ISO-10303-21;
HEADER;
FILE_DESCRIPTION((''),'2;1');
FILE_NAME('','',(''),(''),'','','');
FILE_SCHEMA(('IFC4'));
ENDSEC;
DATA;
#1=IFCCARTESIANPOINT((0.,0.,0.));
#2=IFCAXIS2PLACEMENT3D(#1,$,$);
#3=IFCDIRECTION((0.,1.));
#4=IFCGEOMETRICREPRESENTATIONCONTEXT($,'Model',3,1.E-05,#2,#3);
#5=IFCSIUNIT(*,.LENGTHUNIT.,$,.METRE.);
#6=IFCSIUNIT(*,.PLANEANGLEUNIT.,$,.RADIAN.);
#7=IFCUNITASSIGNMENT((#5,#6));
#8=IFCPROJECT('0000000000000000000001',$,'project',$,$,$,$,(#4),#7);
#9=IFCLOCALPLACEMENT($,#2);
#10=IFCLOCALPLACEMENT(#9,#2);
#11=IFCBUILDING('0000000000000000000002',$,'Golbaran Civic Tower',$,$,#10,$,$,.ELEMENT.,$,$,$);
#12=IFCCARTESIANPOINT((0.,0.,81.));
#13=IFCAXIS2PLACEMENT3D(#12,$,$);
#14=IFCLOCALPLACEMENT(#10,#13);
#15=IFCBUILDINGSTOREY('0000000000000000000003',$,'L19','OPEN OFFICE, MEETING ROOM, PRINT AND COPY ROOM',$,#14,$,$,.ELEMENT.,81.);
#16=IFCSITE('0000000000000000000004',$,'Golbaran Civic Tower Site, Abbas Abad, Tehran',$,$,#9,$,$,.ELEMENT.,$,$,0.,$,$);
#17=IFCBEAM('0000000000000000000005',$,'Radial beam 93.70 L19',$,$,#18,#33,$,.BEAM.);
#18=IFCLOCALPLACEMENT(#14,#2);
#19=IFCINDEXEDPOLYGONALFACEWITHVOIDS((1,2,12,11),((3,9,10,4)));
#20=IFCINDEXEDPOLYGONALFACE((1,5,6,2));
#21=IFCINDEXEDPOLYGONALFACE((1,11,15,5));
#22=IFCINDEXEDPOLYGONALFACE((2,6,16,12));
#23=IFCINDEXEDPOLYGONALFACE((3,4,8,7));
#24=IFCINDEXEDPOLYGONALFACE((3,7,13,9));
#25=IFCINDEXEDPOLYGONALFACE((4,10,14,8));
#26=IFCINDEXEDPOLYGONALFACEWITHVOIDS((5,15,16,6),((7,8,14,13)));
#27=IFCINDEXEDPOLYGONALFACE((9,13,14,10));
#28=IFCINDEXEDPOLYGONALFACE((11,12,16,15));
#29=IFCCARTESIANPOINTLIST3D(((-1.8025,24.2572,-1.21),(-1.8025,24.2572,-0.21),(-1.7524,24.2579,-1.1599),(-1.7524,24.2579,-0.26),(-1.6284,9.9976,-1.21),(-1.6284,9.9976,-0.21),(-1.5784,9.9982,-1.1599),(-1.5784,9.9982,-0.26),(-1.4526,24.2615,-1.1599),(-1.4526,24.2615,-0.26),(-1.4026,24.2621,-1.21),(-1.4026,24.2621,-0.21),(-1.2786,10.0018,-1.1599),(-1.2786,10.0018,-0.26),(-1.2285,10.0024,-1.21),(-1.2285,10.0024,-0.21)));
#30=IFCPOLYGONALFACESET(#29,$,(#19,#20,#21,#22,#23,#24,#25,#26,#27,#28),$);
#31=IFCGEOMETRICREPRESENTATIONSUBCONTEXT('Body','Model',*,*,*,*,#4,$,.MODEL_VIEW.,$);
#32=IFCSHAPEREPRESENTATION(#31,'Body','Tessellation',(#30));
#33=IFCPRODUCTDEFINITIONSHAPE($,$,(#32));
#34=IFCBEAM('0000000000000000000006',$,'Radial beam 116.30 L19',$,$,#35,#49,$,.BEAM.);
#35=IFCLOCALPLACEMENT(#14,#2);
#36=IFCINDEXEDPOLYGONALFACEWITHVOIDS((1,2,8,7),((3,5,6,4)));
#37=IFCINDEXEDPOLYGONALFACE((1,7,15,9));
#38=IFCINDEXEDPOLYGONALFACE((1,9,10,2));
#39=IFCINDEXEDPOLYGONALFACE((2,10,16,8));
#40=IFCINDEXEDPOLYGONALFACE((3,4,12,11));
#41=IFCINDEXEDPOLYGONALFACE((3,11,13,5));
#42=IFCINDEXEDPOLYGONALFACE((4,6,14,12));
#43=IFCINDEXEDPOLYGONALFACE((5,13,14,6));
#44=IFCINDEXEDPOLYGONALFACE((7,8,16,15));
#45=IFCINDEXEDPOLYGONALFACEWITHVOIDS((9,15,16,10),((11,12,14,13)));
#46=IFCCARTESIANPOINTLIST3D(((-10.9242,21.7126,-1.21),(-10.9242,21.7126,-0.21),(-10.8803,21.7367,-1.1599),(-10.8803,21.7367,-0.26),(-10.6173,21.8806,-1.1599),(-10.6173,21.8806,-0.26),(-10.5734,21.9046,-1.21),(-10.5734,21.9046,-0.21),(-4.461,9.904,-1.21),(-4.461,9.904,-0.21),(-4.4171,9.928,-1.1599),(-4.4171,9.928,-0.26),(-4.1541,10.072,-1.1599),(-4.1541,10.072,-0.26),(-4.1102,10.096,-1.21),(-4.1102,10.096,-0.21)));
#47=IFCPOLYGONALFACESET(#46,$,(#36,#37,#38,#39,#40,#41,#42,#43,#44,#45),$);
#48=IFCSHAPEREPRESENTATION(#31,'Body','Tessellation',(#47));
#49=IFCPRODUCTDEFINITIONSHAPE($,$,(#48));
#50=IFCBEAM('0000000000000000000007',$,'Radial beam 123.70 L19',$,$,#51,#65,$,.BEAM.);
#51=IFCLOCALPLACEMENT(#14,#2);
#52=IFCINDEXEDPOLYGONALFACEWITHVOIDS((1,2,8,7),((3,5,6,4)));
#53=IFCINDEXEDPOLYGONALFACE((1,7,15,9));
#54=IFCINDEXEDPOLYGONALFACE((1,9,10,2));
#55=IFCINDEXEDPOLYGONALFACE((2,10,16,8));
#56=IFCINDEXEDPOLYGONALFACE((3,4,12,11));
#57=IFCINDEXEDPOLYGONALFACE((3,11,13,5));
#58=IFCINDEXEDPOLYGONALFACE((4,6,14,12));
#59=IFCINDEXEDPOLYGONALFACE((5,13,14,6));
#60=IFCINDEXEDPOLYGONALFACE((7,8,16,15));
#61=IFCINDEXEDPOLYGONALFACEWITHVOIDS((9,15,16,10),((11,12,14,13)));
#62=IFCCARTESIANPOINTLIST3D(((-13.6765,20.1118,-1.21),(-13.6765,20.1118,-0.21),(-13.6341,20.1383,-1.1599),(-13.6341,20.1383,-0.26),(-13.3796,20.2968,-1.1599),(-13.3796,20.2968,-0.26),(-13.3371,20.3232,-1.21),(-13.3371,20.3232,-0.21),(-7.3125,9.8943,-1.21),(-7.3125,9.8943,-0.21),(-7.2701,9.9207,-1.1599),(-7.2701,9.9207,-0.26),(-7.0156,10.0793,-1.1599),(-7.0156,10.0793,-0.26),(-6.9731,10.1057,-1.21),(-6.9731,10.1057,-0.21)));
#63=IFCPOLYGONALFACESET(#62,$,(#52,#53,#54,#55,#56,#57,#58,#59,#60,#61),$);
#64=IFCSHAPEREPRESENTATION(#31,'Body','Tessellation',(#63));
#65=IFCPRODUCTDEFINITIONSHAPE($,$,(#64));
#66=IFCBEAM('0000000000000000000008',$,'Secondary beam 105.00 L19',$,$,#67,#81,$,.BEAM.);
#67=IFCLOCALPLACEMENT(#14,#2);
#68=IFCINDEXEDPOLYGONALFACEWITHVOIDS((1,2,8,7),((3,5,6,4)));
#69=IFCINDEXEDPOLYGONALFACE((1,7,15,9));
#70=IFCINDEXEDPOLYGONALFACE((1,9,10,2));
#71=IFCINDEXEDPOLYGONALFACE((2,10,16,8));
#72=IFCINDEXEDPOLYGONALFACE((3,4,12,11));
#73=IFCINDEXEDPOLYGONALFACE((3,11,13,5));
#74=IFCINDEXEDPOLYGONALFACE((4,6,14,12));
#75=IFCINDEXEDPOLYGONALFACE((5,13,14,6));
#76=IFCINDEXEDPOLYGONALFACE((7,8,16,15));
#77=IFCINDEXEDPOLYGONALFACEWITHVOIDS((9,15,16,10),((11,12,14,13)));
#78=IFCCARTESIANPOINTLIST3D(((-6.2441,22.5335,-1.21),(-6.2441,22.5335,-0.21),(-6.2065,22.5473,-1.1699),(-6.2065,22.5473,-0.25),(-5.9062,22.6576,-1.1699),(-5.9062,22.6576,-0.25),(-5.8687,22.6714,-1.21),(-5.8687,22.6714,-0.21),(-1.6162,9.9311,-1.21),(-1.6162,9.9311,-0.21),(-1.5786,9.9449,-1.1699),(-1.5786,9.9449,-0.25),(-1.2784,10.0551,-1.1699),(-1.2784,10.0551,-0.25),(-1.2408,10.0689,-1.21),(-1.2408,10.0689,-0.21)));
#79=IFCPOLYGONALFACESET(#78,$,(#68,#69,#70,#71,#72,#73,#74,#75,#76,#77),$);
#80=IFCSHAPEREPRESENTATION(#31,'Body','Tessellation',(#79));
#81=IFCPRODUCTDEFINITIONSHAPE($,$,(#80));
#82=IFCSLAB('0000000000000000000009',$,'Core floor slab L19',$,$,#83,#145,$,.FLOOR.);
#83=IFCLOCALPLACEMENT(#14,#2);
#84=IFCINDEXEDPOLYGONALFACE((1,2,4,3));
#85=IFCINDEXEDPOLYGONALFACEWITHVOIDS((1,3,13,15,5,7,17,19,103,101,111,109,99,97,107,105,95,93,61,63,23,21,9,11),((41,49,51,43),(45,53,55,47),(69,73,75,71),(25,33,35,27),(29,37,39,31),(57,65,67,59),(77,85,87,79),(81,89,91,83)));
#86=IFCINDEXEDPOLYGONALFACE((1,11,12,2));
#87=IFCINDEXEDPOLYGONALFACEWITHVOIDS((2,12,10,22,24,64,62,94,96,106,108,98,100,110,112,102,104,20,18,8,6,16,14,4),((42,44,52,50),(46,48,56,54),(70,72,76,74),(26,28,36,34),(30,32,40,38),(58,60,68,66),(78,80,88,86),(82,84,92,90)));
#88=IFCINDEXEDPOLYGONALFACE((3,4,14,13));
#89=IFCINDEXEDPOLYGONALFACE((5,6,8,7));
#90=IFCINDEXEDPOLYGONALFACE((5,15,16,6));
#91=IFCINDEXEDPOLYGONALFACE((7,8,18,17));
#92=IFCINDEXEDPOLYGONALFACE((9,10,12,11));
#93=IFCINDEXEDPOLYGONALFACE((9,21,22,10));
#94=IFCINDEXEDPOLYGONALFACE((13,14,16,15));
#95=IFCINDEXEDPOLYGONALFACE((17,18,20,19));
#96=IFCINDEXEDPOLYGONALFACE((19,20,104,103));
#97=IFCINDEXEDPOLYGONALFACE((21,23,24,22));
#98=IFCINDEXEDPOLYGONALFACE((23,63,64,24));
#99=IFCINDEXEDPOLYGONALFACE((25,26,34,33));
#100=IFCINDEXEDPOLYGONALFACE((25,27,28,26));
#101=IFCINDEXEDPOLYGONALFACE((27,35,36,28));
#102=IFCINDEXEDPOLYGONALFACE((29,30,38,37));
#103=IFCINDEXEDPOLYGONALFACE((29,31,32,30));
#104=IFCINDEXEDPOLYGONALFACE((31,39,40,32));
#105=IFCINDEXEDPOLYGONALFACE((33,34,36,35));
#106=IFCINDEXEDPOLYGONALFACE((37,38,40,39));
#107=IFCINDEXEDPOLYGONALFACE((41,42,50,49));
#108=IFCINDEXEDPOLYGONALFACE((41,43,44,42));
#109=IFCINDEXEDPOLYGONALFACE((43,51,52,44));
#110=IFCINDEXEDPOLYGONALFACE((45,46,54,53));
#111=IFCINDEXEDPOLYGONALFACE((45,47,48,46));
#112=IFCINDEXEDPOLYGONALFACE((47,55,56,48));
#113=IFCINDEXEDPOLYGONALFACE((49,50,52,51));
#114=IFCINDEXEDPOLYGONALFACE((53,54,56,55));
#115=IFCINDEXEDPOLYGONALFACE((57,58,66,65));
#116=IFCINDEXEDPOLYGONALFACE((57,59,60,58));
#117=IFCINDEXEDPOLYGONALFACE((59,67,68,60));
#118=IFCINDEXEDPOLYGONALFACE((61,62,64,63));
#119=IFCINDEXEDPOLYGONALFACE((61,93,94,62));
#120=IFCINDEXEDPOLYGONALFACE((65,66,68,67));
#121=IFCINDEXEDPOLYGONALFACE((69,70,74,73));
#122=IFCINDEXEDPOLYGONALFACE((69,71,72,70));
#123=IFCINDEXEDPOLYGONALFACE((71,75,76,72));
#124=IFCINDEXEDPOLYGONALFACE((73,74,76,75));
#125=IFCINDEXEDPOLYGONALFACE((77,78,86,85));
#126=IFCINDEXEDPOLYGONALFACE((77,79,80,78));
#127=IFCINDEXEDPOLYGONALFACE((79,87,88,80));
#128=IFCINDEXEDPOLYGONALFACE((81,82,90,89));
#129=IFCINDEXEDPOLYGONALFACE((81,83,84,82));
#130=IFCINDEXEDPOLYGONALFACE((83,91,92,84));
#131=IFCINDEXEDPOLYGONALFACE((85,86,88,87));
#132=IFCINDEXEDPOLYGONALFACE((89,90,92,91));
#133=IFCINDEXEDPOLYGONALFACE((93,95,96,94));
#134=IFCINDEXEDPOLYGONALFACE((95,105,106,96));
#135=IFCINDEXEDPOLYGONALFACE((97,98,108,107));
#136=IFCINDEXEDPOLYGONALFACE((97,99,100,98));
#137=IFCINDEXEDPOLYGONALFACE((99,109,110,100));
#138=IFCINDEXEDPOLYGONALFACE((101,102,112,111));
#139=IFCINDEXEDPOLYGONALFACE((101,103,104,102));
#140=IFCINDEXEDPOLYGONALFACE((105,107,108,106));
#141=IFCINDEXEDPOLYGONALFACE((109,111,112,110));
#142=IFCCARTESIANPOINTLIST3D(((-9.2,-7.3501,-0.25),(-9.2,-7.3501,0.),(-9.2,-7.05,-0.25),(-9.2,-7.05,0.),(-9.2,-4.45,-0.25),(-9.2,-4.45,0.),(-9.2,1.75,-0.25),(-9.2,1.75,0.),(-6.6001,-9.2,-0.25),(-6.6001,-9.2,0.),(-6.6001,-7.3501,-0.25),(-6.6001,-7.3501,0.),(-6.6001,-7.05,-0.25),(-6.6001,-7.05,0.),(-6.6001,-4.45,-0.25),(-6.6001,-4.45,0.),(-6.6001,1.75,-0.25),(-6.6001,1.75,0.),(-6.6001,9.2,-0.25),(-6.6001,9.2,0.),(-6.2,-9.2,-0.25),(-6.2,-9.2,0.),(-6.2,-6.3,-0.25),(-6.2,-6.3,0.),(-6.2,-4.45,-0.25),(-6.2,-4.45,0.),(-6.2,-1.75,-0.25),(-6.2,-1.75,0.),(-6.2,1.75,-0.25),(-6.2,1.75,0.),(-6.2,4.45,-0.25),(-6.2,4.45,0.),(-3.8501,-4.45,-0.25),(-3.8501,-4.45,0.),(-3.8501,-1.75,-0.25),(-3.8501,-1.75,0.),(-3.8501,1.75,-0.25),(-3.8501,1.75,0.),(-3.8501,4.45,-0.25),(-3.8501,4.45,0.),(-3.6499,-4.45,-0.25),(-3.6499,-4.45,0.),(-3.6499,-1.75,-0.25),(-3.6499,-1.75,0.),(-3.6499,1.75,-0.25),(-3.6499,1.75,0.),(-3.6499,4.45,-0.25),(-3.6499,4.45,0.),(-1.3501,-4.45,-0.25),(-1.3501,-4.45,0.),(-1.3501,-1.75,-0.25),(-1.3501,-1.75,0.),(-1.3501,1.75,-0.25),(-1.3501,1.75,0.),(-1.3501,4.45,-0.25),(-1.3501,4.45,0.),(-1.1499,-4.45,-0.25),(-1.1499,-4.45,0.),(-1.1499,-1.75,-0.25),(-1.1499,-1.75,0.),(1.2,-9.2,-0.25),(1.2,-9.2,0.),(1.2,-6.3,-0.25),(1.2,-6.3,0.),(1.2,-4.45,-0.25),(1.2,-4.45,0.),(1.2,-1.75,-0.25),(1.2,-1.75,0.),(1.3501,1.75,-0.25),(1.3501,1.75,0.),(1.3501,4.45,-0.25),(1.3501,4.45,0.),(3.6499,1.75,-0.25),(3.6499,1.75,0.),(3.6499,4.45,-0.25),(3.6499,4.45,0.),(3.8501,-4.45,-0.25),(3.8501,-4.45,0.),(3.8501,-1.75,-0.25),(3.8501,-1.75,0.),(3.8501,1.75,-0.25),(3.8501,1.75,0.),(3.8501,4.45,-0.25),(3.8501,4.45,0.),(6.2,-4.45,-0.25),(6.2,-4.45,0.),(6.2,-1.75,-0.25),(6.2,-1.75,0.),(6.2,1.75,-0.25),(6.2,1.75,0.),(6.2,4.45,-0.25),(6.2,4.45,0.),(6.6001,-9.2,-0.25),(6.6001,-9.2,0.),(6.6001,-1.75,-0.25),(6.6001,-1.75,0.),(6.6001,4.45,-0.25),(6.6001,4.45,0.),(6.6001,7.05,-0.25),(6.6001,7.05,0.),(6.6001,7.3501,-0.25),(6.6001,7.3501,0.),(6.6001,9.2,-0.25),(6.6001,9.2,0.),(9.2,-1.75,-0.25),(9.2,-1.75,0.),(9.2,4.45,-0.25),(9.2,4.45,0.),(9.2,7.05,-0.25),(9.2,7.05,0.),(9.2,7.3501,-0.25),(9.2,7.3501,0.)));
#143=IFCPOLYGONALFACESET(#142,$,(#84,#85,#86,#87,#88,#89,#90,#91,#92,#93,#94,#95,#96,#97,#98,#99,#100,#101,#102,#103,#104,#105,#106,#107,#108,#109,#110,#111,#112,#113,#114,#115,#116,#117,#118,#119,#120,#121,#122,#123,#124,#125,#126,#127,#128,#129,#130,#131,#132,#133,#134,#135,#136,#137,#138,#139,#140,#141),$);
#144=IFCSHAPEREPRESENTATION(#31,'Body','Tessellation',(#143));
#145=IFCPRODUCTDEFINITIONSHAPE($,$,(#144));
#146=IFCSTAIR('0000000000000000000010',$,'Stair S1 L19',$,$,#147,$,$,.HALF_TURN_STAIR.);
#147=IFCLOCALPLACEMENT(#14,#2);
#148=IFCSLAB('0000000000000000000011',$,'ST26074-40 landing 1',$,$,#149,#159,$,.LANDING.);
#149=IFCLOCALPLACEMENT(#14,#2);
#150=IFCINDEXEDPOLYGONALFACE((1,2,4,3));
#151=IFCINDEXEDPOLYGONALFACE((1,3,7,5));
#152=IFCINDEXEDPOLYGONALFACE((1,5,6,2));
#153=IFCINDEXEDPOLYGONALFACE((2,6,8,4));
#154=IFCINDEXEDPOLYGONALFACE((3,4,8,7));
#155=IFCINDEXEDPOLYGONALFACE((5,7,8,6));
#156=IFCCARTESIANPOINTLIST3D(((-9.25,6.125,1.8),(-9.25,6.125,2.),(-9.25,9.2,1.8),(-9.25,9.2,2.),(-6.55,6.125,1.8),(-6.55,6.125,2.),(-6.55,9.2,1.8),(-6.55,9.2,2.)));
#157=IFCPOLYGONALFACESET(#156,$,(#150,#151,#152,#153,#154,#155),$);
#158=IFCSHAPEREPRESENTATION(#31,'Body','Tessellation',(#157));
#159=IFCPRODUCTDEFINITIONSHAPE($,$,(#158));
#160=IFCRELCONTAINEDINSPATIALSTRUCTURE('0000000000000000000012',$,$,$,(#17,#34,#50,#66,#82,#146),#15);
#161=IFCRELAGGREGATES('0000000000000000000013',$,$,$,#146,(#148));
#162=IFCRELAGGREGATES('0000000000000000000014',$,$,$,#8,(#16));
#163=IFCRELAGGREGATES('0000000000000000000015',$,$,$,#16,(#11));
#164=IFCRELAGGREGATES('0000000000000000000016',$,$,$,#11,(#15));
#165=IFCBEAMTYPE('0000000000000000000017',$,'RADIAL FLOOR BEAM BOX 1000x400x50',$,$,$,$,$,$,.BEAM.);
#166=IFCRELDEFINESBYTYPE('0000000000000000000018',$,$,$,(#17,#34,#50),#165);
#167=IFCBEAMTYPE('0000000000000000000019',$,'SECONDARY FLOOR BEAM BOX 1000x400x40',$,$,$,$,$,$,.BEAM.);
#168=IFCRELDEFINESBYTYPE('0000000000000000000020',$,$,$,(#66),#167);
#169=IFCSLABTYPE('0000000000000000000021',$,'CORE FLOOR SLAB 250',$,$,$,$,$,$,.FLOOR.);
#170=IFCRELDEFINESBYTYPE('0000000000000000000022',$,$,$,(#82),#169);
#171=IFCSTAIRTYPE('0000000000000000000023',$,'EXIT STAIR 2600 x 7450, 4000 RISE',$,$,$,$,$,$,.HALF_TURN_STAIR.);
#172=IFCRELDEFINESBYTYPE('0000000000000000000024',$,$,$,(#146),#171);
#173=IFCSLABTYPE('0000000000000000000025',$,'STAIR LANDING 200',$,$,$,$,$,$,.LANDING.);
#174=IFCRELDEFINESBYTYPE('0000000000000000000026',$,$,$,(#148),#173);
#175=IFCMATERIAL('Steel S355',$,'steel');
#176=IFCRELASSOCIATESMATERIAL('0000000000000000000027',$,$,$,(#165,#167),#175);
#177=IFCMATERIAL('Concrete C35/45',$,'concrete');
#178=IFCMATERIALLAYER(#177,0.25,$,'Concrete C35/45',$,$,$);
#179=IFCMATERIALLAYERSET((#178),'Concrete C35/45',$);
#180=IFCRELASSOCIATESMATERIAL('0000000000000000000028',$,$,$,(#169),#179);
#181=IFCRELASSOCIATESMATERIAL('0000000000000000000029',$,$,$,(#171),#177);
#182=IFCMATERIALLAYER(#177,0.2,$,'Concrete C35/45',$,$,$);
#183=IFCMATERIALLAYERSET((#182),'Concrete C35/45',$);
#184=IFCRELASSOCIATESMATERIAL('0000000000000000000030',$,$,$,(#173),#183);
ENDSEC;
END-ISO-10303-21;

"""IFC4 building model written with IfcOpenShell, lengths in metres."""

from ifc_helpers import new_model, si_unit, direction, frame, origin, origin_2d, place, context, subcontext, project, spatial, polyline, hollow_rectangle, outline, extrude, material, layer, layer_set, material_profile, profile_set, type_object, element, aggregate, save


model = new_model("IFC4")

# Units and contexts
model_context = context("Model", 3, precision=1e-05, world=origin(), true_north=direction((0.0, 1.0)))
body_context = subcontext(model_context, "Body", "Model", "MODEL_VIEW")
ifc_project = project(units=[si_unit("LENGTHUNIT", "METRE"), si_unit("PLANEANGLEUNIT", "RADIAN")], contexts=[model_context])

# Site, building, storey
site_placement = place(None, origin())
site = spatial("IfcSite", under=ifc_project, at=site_placement, Name="Golbaran Civic Tower Site, Abbas Abad, Tehran", CompositionType="ELEMENT", RefElevation=0.0)
building_placement = place(site_placement, origin())
building = spatial("IfcBuilding", under=site, at=building_placement, Name="Golbaran Civic Tower", CompositionType="ELEMENT")
storey_placement = place(building_placement, frame((0.0, 0.0, 81.0)))
storey = spatial("IfcBuildingStorey", under=building, at=storey_placement, Name="L19", Description="OPEN OFFICE, MEETING ROOM, PRINT AND COPY ROOM", CompositionType="ELEMENT", Elevation=81.0)

# Beams
ifc_material_1 = material(Name="Steel S355", Category="steel")
ifc_material_profile_1 = material_profile(ifc_material_1, hollow_rectangle(XDim=0.3999, YDim=1.0, WallThickness=0.05, at=origin_2d()), Name="BOX 1000x400x50")
ifc_profile_set_1 = profile_set([ifc_material_profile_1], Name="Steel S355")
beam_type_1 = type_object("IfcBeamType", Name="RADIAL FLOOR BEAM BOX 1000x400x50", PredefinedType="BEAM", material=ifc_profile_set_1)
beam_1_placement = place(storey_placement, frame((-1.4285, 10.0, -0.71), z_axis=(-0.012206, 0.999926, 0.0), x_axis=(-0.999926, -0.012206, 0.0)))
element("IfcBeam", 1, at=beam_1_placement, inside=storey, type_object=beam_type_1, Name="Radial beam 93.70 L19", PredefinedType="BEAM", context=body_context, shape_type="SweptSolid", body=[
    extrude(hollow_rectangle(XDim=0.3999, YDim=1.0, WallThickness=0.05, at=origin_2d()), origin(), (0.0, 0.0, 1.0), 14.2607),
])
beam_2_placement = place(storey_placement, frame((-4.2856, 10.0, -0.71), z_axis=(-0.480116, 0.877205, 0.0), x_axis=(-0.877205, -0.480116, 0.0)))
element("IfcBeam", 2, at=beam_2_placement, inside=storey, type_object=beam_type_1, Name="Radial beam 116.30 L19", PredefinedType="BEAM", context=body_context, shape_type="SweptSolid", body=[
    extrude(hollow_rectangle(XDim=0.3999, YDim=1.0, WallThickness=0.05, at=origin_2d()), origin(), (0.0, 0.0, 1.0), 13.4617),
])
beam_3_placement = place(storey_placement, frame((-7.1428, 10.0, -0.71), z_axis=(-0.528688, 0.848817, 0.0), x_axis=(-0.848817, -0.528688, 0.0)))
element("IfcBeam", 3, at=beam_3_placement, inside=storey, type_object=beam_type_1, Name="Radial beam 123.70 L19", PredefinedType="BEAM", context=body_context, shape_type="SweptSolid", body=[
    extrude(hollow_rectangle(XDim=0.3999, YDim=1.0, WallThickness=0.05, at=origin_2d()), origin(), (0.0, 0.0, 1.0), 12.0374),
])
ifc_material_profile_2 = material_profile(ifc_material_1, hollow_rectangle(XDim=0.3999, YDim=1.0, WallThickness=0.04, at=origin_2d()), Name="BOX 1000x400x40")
ifc_profile_set_2 = profile_set([ifc_material_profile_2], Name="Steel S355")
beam_type_2 = type_object("IfcBeamType", Name="SECONDARY FLOOR BEAM BOX 1000x400x40", PredefinedType="BEAM", material=ifc_profile_set_2)
beam_4_placement = place(storey_placement, frame((-1.4285, 10.0, -0.71), z_axis=(-0.344714, 0.938708, 0.0), x_axis=(-0.938708, -0.344714, 0.0)))
element("IfcBeam", 4, at=beam_4_placement, inside=storey, type_object=beam_type_2, Name="Secondary beam 105.00 L19", PredefinedType="BEAM", context=body_context, shape_type="SweptSolid", body=[
    extrude(hollow_rectangle(XDim=0.3999, YDim=1.0, WallThickness=0.04, at=origin_2d()), origin(), (0.0, 0.0, 1.0), 13.4253),
])

# Slab
ifc_material_2 = material(Name="Concrete C35/45", Category="concrete")
ifc_layer_1 = layer(ifc_material_2, 0.25, Name="Concrete C35/45")
ifc_layer_set_1 = layer_set([ifc_layer_1], Name="Concrete C35/45")
slab_type_1 = type_object("IfcSlabType", Name="CORE FLOOR SLAB 250", PredefinedType="FLOOR", material=ifc_layer_set_1)
slab_1_placement = place(storey_placement, frame((0.0, 0.0, -0.25)))
element("IfcSlab", 5, at=slab_1_placement, inside=storey, type_object=slab_type_1, Name="Core floor slab L19", PredefinedType="FLOOR", context=body_context, shape_type="SweptSolid", body=[
    extrude(outline(polyline([(6.6001, -1.75), (6.6001, -9.2), (1.2, -9.2), (1.2, -6.3), (-6.2, -6.3), (-6.2, -9.2), (-6.6001, -9.2), (-6.6001, -7.3501), (-9.2, -7.3501), (-9.2, -7.05), (-6.6001, -7.05), (-6.6001, -4.45), (-9.2, -4.45), (-9.2, 1.75), (-6.6001, 1.75), (-6.6001, 9.2), (6.6001, 9.2), (6.6001, 7.3501), (9.2, 7.3501), (9.2, 7.05), (6.6001, 7.05), (6.6001, 4.45), (9.2, 4.45), (9.2, -1.75), (6.6001, -1.75)]), holes=[polyline([(6.2, -1.75), (3.8501, -1.75), (3.8501, -4.45), (6.2, -4.45), (6.2, -1.75)]), polyline([(6.2, 4.45), (3.8501, 4.45), (3.8501, 1.75), (6.2, 1.75), (6.2, 4.45)]), polyline([(3.6499, 4.45), (1.3501, 4.45), (1.3501, 1.75), (3.6499, 1.75), (3.6499, 4.45)]), polyline([(1.2, -1.75), (-1.1499, -1.75), (-1.1499, -4.45), (1.2, -4.45), (1.2, -1.75)]), polyline([(-1.3501, 4.45), (-3.6499, 4.45), (-3.6499, 1.75), (-1.3501, 1.75), (-1.3501, 4.45)]), polyline([(-1.3501, -1.75), (-3.6499, -1.75), (-3.6499, -4.45), (-1.3501, -4.45), (-1.3501, -1.75)]), polyline([(-3.8501, -1.75), (-6.2, -1.75), (-6.2, -4.45), (-3.8501, -4.45), (-3.8501, -1.75)]), polyline([(-3.8501, 4.45), (-6.2, 4.45), (-6.2, 1.75), (-3.8501, 1.75), (-3.8501, 4.45)])]), origin(), (0.0, 0.0, 1.0), 0.25),
])

# Stair, slab
stair_type = type_object("IfcStairType", Name="EXIT STAIR 2600 x 7450, 4000 RISE", PredefinedType="HALF_TURN_STAIR", material=ifc_material_2)
stair_placement = place(storey_placement, origin())
stair = element("IfcStair", 6, at=stair_placement, inside=storey, type_object=stair_type, Name="Stair S1 L19", PredefinedType="HALF_TURN_STAIR")
ifc_layer_2 = layer(ifc_material_2, 0.2, Name="Concrete C35/45")
ifc_layer_set_2 = layer_set([ifc_layer_2], Name="Concrete C35/45")
slab_type_2 = type_object("IfcSlabType", Name="STAIR LANDING 200", PredefinedType="LANDING", material=ifc_layer_set_2)
slab_2_placement = place(storey_placement, frame((0.0, 0.0, 1.8)))
slab_2 = element("IfcSlab", 7, at=slab_2_placement, type_object=slab_type_2, Name="ST26074-40 landing 1", PredefinedType="LANDING", context=body_context, shape_type="SweptSolid", body=[
    extrude(outline(polyline([(-9.25, 6.125), (-9.25, 9.2), (-6.55, 9.2), (-6.55, 6.125), (-9.25, 6.125)])), origin(), (0.0, 0.0, 1.0), 0.2),
])

aggregate(stair, [slab_2])

save(model, "model.ifc")
